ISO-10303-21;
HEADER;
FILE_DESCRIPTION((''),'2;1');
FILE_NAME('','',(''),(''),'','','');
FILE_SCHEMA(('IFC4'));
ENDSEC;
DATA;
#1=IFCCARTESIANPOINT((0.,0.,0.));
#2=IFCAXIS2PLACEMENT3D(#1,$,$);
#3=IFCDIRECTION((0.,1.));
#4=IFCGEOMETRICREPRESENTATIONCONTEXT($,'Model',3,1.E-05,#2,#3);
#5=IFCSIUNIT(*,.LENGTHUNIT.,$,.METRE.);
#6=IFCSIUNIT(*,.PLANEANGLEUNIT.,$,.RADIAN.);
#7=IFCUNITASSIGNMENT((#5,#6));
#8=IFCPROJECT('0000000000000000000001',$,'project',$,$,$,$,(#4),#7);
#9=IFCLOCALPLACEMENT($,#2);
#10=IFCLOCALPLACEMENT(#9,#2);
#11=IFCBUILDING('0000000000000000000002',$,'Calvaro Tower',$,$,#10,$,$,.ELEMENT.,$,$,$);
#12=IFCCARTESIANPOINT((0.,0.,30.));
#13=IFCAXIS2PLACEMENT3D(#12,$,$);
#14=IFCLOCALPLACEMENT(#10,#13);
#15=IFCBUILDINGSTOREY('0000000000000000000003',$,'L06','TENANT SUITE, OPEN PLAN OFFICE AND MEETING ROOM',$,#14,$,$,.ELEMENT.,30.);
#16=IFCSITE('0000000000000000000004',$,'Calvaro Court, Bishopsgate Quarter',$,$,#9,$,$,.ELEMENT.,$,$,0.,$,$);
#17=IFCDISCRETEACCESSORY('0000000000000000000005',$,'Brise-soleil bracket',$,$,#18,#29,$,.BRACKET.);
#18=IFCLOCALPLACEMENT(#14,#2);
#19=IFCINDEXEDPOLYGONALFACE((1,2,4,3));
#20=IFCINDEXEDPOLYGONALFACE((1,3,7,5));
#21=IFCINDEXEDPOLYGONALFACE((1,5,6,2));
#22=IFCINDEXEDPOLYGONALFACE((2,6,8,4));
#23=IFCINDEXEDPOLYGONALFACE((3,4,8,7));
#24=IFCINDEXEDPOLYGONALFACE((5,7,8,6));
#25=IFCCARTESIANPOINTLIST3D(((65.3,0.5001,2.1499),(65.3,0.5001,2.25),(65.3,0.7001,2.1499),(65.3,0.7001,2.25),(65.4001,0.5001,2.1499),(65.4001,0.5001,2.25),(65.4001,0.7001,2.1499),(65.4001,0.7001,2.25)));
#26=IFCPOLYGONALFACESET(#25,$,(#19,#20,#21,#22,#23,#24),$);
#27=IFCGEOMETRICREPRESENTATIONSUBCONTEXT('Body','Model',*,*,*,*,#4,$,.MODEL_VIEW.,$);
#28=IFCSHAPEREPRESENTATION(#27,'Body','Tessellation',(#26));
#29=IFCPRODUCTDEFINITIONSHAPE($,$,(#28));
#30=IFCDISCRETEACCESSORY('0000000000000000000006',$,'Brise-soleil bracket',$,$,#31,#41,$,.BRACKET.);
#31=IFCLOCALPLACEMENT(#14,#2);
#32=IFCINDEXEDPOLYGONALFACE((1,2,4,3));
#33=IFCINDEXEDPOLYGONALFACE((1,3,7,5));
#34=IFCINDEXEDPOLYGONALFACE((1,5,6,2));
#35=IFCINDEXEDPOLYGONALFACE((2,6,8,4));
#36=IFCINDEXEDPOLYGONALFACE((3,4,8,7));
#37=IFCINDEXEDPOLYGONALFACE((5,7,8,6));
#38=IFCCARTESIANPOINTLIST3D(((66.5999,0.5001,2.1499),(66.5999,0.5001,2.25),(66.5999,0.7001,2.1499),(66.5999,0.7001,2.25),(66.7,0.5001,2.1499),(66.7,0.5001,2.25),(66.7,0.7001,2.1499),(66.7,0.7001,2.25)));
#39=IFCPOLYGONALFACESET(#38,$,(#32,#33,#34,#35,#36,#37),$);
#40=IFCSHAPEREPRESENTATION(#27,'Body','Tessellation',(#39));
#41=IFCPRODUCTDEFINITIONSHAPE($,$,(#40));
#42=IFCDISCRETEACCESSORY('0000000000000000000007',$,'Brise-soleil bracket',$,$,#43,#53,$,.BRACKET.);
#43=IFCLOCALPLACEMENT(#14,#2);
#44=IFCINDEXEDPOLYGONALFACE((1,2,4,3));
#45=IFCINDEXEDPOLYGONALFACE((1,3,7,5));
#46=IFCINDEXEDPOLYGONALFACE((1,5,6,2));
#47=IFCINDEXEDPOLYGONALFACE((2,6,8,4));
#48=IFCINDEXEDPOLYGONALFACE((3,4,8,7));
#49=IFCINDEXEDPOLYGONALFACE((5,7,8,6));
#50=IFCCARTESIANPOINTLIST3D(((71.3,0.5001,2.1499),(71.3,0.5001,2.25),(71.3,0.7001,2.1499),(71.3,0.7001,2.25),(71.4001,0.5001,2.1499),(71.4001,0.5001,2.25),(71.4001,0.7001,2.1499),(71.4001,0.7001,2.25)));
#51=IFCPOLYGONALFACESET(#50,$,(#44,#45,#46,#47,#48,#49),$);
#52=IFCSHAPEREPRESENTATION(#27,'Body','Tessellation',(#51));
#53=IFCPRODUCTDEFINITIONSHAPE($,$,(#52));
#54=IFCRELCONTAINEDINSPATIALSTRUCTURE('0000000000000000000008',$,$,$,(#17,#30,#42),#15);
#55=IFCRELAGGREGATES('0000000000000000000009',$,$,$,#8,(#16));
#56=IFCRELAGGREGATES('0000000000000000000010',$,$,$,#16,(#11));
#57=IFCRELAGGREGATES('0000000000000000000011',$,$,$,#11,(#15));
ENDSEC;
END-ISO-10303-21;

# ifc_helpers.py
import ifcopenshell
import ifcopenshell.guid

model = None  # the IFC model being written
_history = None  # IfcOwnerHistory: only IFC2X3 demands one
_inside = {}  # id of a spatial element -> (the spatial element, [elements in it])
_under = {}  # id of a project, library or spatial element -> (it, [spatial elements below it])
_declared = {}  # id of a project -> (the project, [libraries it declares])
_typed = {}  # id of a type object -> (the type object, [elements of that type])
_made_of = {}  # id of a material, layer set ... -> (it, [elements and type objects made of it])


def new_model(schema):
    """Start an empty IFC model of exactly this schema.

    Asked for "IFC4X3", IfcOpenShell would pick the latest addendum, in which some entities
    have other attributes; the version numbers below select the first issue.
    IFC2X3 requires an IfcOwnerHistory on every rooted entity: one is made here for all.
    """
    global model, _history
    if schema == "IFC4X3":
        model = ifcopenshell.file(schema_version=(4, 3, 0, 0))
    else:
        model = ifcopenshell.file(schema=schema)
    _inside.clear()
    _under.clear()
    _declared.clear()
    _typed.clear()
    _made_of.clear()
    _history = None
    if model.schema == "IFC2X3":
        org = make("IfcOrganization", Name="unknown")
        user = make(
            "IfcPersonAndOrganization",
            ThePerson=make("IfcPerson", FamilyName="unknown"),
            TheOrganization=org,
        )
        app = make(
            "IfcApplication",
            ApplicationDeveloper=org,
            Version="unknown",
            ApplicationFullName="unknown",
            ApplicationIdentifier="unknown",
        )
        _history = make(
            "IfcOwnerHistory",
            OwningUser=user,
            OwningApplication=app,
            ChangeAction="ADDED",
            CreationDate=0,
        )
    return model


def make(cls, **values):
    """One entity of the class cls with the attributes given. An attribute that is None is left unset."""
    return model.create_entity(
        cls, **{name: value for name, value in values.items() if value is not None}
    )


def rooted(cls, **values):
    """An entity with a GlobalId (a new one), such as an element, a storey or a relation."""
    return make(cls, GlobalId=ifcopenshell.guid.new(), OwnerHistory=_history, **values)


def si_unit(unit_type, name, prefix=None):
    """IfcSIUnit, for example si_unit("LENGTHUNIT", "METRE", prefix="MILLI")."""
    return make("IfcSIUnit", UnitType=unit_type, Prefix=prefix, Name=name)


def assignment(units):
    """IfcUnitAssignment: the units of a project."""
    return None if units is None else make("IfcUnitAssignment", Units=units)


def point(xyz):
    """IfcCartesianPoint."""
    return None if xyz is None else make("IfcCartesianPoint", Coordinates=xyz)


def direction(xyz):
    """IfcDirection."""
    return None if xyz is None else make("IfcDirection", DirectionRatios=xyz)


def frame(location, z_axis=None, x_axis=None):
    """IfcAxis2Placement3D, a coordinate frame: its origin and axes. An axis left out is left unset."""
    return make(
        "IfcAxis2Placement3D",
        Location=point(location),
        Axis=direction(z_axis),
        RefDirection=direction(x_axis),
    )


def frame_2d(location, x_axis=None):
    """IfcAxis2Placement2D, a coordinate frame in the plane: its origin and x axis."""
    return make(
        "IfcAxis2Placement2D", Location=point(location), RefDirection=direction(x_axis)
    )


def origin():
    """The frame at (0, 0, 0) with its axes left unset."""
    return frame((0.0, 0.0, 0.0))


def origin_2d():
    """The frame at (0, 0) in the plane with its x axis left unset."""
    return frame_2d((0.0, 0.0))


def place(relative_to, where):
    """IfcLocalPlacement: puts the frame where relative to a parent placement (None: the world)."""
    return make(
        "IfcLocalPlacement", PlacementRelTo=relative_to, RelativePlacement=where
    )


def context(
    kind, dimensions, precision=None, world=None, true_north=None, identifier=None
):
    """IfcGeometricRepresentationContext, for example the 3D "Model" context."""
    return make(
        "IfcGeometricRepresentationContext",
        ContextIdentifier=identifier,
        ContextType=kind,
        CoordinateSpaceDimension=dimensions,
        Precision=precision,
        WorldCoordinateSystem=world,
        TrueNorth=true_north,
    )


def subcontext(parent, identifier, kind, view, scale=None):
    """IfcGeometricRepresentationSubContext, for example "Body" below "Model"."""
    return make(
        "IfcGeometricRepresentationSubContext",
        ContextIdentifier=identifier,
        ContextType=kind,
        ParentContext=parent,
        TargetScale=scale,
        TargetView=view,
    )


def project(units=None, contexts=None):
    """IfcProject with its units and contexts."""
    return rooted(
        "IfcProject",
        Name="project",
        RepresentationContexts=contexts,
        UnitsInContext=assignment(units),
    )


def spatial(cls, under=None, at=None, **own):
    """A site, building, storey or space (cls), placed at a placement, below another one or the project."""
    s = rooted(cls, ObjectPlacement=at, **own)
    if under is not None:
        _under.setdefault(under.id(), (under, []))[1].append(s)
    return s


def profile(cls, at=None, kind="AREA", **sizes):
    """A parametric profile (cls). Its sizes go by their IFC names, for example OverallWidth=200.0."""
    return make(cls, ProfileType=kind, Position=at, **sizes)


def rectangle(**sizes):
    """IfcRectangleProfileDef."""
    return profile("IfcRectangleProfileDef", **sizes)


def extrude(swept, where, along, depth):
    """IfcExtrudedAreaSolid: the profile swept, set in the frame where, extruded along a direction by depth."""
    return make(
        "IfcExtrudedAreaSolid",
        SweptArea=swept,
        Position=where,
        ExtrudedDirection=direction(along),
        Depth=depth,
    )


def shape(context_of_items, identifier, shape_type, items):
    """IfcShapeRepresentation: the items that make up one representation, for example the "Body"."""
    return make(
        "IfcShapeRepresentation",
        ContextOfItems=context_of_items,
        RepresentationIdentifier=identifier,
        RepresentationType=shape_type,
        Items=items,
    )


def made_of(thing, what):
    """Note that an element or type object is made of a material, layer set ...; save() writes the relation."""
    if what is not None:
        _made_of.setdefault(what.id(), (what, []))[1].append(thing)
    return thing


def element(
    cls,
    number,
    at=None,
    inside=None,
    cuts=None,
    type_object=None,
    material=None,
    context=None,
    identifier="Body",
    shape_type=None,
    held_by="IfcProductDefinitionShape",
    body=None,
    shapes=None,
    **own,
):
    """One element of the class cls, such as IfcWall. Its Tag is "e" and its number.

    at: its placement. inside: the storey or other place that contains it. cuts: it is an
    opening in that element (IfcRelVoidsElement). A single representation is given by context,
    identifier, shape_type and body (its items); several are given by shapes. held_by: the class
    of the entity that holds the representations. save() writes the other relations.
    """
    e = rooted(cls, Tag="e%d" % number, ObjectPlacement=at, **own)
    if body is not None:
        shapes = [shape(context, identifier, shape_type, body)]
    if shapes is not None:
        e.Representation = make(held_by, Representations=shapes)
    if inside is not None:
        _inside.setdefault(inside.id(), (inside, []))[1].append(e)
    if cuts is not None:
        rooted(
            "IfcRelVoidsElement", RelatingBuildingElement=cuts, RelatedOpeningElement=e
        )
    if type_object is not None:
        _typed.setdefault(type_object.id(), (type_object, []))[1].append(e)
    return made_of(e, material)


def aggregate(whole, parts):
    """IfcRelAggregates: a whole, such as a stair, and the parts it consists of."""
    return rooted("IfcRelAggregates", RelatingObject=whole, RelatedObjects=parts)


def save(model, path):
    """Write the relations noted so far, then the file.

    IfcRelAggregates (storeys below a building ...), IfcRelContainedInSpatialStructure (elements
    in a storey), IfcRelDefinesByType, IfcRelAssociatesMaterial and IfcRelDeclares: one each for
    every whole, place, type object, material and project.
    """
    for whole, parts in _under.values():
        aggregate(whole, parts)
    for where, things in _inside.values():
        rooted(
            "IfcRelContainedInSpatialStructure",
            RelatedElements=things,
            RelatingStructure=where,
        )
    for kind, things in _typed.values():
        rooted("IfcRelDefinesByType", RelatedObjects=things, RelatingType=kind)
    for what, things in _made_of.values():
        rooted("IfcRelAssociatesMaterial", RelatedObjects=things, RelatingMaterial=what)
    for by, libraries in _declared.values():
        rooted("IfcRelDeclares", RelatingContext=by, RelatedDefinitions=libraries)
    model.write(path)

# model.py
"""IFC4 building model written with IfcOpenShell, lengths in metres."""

from ifc_helpers import new_model, si_unit, direction, frame, origin, origin_2d, place, context, subcontext, project, spatial, rectangle, extrude, element, save


model = new_model("IFC4")

# Units and contexts
model_context = context("Model", 3, precision=1e-05, world=origin(), true_north=direction((0.0, 1.0)))
body_context = subcontext(model_context, "Body", "Model", "MODEL_VIEW")
ifc_project = project(units=[si_unit("LENGTHUNIT", "METRE"), si_unit("PLANEANGLEUNIT", "RADIAN")], contexts=[model_context])

# Site, building, storey
site_placement = place(None, origin())
site = spatial("IfcSite", under=ifc_project, at=site_placement, Name="Calvaro Court, Bishopsgate Quarter", CompositionType="ELEMENT", RefElevation=0.0)
building_placement = place(site_placement, origin())
building = spatial("IfcBuilding", under=site, at=building_placement, Name="Calvaro Tower", CompositionType="ELEMENT")
storey_placement = place(building_placement, frame((0.0, 0.0, 30.0)))
storey = spatial("IfcBuildingStorey", under=building, at=storey_placement, Name="L06", Description="TENANT SUITE, OPEN PLAN OFFICE AND MEETING ROOM", CompositionType="ELEMENT", Elevation=30.0)

# Discrete accessories
for number, where, z_axis, x_axis, name in (
    (1, (65.3501, 0.6001, 2.1499), (0.0, 0.0, 1.0), (1.0, 0.0, 0.0), "Brise-soleil bracket"),
    (2, (66.6499, 0.6001, 2.1499), (0.0, 0.0, 1.0), (1.0, 0.0, 0.0), "Brise-soleil bracket"),
    (3, (71.3501, 0.6001, 2.1499), (0.0, 0.0, 1.0), (1.0, 0.0, 0.0), "Brise-soleil bracket"),
):
    element("IfcDiscreteAccessory", number, at=place(storey_placement, frame(where, z_axis=z_axis, x_axis=x_axis)), inside=storey, Name=name, PredefinedType="BRACKET", context=body_context, shape_type="SweptSolid", body=[
        extrude(rectangle(XDim=0.1001, YDim=0.2, at=origin_2d()), origin(), (0.0, 0.0, 1.0), 0.1001),
    ])

save(model, "model.ifc")
